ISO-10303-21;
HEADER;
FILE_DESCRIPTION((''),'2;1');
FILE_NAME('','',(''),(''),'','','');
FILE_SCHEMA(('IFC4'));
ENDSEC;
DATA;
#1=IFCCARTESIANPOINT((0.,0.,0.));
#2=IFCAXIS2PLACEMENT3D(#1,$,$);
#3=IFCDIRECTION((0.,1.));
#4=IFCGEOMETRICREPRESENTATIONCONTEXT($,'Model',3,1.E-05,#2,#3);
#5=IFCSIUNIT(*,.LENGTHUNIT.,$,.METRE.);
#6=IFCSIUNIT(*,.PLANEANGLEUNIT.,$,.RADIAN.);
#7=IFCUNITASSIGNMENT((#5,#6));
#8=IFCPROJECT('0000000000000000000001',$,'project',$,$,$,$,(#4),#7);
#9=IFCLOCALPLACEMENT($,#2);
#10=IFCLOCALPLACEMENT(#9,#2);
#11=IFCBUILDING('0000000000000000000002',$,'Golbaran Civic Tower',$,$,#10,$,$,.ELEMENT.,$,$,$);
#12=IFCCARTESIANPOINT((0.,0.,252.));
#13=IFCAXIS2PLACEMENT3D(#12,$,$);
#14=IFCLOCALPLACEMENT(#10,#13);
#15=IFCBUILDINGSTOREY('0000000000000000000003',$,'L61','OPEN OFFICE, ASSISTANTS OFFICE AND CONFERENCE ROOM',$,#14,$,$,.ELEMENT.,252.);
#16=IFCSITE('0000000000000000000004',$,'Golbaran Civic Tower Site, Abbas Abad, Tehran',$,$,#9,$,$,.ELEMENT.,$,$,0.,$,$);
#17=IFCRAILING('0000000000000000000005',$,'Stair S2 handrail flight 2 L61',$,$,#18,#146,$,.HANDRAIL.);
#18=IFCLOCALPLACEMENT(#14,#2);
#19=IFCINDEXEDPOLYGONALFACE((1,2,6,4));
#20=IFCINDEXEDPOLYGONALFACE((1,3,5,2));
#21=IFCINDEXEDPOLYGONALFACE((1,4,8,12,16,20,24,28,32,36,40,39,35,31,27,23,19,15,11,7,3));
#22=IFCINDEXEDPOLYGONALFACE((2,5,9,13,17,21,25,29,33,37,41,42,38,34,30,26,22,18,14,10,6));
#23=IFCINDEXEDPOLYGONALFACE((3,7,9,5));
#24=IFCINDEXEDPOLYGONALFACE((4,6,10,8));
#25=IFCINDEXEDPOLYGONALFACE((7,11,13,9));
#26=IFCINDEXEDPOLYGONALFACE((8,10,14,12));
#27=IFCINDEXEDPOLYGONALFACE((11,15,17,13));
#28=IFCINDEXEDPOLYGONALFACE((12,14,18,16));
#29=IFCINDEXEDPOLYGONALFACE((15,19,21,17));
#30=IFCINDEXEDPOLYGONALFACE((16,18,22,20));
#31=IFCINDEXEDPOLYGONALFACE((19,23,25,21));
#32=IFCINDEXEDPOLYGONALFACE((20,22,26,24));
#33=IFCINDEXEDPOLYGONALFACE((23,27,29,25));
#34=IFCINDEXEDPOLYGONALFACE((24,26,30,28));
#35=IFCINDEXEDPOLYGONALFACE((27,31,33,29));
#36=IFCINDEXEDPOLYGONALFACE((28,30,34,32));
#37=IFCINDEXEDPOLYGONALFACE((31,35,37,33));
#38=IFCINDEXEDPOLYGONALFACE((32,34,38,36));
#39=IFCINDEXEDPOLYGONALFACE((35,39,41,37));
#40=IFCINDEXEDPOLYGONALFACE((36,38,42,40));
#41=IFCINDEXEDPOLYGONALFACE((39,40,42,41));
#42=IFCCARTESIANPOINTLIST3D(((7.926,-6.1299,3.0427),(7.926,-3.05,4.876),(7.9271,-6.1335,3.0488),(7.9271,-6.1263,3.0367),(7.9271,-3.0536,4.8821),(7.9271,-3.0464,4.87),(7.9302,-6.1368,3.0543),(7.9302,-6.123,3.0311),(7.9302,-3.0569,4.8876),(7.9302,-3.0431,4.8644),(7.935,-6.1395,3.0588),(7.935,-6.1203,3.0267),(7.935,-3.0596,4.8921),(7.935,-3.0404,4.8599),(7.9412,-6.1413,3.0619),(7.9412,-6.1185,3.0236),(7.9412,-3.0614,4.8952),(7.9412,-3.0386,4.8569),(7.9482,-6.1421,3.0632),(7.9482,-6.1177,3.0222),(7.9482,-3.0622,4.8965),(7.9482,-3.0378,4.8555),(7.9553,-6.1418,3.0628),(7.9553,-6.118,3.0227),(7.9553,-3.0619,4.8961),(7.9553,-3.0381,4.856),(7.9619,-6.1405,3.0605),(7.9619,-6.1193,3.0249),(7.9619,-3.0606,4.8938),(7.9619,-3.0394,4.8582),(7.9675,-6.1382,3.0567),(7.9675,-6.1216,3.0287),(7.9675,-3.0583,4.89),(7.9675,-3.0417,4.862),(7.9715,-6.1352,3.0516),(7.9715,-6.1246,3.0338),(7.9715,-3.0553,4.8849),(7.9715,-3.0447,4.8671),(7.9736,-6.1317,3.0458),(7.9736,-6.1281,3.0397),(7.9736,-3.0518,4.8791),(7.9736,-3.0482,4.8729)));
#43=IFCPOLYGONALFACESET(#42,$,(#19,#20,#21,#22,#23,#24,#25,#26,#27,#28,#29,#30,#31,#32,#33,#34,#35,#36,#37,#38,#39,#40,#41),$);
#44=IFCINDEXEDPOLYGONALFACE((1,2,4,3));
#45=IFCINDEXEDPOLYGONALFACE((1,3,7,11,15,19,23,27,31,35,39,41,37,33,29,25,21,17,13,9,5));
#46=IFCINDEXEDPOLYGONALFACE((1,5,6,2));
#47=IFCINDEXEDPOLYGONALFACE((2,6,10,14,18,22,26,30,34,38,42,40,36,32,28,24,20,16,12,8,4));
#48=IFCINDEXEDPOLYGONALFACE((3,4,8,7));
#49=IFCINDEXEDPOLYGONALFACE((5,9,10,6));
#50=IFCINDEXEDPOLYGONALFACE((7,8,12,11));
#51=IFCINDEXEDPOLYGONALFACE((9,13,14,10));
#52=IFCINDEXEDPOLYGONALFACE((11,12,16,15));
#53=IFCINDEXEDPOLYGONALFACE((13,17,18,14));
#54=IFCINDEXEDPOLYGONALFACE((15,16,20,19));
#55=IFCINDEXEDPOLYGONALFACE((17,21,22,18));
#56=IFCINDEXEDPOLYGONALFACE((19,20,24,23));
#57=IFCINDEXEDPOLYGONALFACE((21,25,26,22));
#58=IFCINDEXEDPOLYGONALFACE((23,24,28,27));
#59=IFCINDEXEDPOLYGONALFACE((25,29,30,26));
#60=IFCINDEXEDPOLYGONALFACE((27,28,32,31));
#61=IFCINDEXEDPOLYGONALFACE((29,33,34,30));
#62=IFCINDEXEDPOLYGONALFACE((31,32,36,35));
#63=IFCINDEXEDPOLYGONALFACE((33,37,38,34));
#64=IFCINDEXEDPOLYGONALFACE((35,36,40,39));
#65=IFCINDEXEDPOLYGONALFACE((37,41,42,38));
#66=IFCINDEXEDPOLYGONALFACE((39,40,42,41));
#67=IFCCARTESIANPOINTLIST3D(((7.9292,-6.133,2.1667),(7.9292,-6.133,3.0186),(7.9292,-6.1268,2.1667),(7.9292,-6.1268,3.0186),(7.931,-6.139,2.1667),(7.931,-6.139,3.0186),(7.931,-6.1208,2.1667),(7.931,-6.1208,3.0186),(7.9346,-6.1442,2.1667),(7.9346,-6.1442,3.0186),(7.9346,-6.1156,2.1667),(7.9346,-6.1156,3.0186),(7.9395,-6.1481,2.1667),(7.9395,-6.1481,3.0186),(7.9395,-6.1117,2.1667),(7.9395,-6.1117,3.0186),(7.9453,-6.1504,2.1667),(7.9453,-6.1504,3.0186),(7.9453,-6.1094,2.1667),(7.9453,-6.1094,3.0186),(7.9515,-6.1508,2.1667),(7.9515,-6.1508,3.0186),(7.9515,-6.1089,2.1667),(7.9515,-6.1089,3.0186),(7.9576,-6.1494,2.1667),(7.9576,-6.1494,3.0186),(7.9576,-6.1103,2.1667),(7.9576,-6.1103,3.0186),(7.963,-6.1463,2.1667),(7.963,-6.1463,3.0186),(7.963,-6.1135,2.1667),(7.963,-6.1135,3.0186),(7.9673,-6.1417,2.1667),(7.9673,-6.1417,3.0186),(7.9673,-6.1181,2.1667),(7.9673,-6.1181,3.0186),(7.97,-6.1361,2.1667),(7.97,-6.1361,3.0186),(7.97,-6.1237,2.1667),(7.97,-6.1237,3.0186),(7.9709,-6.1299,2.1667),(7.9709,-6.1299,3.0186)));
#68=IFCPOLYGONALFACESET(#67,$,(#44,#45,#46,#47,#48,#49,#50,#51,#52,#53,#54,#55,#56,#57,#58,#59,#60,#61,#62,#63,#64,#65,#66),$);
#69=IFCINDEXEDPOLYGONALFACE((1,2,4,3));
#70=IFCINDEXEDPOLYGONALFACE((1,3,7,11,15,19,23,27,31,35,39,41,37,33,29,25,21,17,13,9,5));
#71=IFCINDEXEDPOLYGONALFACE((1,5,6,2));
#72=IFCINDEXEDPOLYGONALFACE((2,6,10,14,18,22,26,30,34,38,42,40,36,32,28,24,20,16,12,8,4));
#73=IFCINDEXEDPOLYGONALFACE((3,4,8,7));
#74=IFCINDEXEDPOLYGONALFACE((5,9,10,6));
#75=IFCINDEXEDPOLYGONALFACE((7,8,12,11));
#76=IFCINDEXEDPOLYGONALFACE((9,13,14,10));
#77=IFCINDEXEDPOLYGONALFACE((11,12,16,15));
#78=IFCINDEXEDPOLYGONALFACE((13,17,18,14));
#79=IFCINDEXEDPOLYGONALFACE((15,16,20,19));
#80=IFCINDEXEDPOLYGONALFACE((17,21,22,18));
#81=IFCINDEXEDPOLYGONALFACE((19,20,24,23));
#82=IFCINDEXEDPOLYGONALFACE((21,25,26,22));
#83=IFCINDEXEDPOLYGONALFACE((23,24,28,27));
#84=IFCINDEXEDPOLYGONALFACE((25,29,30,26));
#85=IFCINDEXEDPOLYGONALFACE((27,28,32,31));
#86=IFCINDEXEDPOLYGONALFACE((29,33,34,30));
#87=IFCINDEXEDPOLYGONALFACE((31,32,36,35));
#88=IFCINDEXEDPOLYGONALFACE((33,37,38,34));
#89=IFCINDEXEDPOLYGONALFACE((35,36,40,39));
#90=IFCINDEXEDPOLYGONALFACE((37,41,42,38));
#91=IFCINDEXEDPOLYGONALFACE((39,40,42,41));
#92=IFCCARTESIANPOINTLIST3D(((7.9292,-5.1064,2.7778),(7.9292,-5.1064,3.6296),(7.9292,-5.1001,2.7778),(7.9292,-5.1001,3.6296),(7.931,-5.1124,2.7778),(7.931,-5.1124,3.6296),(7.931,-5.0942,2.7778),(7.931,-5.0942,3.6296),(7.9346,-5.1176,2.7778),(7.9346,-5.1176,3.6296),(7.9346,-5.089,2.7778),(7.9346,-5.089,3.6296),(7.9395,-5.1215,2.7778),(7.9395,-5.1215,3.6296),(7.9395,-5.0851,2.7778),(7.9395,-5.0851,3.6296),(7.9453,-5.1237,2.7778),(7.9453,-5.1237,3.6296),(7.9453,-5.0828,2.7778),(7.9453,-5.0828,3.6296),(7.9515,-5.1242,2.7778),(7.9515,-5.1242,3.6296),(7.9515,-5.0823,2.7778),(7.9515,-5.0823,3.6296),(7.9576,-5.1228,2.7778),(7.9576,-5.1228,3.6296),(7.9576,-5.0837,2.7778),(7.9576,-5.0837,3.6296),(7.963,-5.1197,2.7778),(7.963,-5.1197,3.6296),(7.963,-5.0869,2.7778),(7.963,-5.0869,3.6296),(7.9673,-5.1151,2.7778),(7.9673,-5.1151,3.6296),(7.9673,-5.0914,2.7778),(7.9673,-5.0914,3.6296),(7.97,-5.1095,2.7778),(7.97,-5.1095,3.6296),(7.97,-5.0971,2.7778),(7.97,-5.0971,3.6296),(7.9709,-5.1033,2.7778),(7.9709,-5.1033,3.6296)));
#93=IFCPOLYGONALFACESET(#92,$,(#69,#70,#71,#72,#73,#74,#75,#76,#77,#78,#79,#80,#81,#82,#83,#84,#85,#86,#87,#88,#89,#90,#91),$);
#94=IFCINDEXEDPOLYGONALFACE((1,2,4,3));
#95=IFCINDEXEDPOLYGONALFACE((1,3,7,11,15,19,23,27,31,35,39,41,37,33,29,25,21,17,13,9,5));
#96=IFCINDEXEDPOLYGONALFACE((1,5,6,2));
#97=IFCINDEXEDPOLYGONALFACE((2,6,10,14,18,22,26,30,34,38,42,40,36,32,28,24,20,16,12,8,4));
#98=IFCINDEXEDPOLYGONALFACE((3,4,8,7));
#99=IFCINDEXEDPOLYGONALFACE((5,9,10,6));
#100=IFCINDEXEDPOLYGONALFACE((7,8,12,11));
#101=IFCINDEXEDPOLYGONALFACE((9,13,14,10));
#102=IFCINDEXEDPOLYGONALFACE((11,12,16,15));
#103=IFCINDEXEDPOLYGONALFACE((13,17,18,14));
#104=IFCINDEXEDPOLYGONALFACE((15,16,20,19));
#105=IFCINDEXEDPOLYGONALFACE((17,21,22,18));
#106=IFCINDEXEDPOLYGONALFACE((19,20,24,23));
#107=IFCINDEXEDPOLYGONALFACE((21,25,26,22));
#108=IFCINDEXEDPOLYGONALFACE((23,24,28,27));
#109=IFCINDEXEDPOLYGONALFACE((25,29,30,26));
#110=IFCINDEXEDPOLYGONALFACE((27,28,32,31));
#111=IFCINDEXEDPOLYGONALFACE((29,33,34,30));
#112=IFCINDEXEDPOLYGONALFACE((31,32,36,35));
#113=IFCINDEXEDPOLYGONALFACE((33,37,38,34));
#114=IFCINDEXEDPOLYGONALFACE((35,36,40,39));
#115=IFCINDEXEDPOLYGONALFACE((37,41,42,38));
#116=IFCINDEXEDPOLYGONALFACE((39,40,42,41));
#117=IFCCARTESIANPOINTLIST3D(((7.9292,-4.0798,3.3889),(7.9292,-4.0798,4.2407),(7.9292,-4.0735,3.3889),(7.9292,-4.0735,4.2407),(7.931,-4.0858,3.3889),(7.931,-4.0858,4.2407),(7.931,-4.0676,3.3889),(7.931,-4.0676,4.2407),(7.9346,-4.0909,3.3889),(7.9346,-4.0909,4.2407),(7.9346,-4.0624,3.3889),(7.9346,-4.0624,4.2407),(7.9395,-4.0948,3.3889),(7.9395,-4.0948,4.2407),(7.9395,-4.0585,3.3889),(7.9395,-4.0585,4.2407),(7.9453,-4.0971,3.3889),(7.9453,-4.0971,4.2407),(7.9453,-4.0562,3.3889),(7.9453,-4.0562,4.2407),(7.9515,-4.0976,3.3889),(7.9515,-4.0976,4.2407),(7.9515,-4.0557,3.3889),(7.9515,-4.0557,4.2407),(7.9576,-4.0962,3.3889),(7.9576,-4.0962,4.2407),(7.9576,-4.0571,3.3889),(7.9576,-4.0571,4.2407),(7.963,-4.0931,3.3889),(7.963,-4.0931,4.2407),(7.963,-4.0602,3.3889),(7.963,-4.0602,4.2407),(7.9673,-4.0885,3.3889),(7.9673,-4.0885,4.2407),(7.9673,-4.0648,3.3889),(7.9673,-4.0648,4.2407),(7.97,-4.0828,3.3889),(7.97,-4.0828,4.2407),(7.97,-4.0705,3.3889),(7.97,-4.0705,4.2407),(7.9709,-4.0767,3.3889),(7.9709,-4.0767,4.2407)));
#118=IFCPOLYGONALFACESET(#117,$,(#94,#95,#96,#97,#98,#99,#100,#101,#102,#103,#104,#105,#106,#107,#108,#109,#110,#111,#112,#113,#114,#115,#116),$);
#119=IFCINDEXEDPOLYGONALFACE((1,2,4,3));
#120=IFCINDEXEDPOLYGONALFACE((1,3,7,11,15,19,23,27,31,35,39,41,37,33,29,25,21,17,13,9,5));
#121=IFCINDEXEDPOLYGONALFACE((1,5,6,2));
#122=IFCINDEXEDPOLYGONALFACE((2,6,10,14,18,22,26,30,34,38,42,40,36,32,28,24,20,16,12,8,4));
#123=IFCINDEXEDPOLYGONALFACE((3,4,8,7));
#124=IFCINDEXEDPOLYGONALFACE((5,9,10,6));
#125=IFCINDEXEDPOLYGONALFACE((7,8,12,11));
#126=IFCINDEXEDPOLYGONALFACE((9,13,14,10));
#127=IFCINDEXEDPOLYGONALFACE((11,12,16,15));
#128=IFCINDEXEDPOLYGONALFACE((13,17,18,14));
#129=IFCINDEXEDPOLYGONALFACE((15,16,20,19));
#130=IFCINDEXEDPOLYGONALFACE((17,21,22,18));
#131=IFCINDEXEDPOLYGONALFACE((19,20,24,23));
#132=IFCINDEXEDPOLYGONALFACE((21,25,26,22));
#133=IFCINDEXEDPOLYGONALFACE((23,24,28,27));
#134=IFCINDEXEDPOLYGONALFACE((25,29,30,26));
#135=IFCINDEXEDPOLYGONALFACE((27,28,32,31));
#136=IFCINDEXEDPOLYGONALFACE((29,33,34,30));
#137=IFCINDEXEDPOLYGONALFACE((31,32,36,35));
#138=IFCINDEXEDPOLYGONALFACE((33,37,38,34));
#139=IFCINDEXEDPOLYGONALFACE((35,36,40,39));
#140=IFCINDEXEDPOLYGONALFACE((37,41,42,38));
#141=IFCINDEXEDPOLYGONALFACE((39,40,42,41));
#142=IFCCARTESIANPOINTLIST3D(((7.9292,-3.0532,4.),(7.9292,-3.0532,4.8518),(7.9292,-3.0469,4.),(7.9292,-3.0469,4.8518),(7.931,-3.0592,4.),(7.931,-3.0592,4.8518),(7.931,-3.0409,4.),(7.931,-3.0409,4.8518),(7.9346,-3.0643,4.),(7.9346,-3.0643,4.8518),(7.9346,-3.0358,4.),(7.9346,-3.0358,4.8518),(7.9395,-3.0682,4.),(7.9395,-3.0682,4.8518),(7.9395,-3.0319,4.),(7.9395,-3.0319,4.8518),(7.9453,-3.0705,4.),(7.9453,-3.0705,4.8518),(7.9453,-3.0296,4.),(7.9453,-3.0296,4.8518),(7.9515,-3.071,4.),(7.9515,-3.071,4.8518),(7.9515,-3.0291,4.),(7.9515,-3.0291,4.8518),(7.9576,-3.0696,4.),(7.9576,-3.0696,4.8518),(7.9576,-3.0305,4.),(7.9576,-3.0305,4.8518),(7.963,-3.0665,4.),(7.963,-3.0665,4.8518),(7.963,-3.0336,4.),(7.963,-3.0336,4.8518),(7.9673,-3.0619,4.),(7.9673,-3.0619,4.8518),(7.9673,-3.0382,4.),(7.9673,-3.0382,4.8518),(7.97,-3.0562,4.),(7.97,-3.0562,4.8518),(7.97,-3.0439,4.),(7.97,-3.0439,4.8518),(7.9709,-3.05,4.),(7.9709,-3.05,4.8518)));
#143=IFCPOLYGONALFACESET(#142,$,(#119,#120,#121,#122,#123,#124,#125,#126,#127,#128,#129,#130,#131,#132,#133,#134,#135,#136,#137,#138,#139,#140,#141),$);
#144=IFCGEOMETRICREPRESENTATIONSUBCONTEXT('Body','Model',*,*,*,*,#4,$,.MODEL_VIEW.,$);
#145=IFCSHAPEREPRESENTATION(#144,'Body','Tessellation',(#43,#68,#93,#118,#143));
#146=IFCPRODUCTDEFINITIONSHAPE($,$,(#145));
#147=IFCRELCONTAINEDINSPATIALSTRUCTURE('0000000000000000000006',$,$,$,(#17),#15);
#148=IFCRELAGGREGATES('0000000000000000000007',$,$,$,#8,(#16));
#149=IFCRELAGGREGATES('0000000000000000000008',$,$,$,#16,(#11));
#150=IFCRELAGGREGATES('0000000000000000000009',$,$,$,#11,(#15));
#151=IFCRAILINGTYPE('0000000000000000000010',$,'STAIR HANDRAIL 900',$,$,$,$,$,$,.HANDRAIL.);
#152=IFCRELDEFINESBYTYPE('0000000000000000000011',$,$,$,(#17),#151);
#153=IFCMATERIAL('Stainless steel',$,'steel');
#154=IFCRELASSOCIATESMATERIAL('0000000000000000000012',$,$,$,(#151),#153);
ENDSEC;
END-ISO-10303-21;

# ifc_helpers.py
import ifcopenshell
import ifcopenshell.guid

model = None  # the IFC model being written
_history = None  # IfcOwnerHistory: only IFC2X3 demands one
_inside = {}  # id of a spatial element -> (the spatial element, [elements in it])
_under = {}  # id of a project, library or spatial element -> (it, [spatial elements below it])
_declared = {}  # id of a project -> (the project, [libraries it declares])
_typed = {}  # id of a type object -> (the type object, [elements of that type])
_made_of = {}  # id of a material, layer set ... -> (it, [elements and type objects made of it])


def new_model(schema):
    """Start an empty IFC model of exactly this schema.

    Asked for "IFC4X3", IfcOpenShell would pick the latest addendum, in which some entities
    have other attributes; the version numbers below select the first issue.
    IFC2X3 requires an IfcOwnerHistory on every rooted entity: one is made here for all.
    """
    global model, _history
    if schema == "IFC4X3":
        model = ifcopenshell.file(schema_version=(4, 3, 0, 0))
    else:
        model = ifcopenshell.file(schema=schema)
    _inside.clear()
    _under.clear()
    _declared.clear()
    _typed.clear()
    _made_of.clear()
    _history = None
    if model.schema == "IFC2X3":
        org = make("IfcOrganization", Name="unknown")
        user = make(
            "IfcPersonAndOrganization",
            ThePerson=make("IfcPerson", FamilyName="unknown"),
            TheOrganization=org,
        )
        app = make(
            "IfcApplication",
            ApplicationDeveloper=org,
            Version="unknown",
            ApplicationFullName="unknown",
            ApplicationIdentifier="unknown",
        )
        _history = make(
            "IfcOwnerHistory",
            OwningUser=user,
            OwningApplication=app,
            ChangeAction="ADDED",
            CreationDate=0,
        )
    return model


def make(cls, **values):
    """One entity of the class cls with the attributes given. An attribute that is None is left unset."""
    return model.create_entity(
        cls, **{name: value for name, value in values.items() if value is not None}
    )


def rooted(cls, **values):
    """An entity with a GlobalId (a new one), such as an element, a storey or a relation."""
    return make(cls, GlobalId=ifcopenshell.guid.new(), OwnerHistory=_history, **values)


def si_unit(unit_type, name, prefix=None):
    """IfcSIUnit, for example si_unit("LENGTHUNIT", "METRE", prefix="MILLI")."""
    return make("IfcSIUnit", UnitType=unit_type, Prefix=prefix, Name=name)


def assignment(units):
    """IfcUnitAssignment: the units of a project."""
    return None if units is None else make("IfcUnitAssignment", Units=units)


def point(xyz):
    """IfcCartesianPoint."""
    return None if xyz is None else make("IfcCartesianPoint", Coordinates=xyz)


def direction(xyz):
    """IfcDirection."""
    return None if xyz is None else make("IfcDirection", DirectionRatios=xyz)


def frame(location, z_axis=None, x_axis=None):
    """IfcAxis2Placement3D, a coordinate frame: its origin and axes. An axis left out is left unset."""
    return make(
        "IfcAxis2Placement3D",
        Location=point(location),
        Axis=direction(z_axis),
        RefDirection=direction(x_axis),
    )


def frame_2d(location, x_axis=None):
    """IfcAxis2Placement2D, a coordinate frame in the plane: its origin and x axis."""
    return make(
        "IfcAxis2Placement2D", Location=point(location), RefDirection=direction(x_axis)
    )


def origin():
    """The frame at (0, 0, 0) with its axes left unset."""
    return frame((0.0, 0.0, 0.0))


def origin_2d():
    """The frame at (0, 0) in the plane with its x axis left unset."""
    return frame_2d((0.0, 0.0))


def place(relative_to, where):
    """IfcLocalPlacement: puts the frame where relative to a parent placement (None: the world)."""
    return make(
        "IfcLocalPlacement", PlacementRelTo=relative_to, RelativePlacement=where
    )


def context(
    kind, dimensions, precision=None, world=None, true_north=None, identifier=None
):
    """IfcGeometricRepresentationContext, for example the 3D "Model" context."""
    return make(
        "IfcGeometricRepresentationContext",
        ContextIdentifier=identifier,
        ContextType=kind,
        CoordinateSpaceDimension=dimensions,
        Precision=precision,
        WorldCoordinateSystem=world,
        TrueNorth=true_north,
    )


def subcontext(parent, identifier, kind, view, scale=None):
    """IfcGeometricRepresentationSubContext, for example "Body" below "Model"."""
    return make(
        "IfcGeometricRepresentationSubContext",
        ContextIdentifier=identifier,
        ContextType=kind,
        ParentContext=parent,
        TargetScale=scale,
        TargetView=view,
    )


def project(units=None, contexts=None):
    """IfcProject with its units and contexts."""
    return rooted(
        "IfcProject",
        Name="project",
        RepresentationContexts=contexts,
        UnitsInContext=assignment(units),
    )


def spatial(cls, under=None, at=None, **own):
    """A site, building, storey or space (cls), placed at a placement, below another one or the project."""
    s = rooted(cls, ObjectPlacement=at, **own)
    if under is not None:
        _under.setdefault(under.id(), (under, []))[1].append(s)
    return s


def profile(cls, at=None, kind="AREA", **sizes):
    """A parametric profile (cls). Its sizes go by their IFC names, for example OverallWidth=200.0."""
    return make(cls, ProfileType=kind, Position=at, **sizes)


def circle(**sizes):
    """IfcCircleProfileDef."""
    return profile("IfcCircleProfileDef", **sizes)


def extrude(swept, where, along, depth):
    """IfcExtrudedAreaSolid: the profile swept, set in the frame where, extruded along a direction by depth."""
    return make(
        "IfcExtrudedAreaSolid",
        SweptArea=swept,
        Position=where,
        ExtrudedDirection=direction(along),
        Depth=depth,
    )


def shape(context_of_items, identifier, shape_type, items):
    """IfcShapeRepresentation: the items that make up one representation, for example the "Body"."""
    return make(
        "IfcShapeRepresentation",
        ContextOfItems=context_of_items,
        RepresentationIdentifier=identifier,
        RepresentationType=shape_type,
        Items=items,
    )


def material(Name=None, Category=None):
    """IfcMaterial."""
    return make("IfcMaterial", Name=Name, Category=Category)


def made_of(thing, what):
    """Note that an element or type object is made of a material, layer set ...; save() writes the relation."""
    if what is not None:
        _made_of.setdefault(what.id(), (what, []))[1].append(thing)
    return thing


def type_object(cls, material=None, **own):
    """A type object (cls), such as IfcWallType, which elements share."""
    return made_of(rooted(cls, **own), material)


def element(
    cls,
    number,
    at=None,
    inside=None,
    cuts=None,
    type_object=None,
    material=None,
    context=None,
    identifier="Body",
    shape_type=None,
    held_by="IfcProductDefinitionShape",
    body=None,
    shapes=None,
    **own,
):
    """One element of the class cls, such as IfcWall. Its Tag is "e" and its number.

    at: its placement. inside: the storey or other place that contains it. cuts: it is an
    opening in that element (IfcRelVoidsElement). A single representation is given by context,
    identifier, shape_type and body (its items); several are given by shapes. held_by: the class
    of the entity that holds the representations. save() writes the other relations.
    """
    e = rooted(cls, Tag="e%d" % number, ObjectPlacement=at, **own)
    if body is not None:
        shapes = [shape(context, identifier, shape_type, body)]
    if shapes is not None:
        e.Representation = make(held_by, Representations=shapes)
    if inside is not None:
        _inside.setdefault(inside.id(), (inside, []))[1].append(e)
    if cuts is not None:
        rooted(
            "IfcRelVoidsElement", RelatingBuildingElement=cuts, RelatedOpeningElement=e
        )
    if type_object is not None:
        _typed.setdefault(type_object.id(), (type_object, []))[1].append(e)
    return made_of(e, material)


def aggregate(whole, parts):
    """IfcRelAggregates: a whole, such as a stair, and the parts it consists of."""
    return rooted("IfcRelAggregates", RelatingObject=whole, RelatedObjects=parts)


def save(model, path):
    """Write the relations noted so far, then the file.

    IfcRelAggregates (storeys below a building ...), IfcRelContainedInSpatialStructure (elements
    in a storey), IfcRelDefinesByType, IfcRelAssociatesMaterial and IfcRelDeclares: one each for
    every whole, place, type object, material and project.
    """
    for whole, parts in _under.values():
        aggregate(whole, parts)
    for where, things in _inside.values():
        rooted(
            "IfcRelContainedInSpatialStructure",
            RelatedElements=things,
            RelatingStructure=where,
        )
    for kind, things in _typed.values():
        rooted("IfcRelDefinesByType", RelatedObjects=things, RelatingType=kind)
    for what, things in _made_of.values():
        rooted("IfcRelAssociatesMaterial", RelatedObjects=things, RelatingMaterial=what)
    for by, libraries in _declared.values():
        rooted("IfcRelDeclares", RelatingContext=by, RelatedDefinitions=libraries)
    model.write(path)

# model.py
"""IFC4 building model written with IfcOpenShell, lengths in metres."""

from ifc_helpers import new_model, si_unit, direction, frame, origin, origin_2d, place, context, subcontext, project, spatial, circle, extrude, material, type_object, element, save


model = new_model("IFC4")

# Units and contexts
model_context = context("Model", 3, precision=1e-05, world=origin(), true_north=direction((0.0, 1.0)))
body_context = subcontext(model_context, "Body", "Model", "MODEL_VIEW")
ifc_project = project(units=[si_unit("LENGTHUNIT", "METRE"), si_unit("PLANEANGLEUNIT", "RADIAN")], contexts=[model_context])

# Site, building, storey
site_placement = place(None, origin())
site = spatial("IfcSite", under=ifc_project, at=site_placement, Name="Golbaran Civic Tower Site, Abbas Abad, Tehran", CompositionType="ELEMENT", RefElevation=0.0)
building_placement = place(site_placement, origin())
building = spatial("IfcBuilding", under=site, at=building_placement, Name="Golbaran Civic Tower", CompositionType="ELEMENT")
storey_placement = place(building_placement, frame((0.0, 0.0, 252.0)))
storey = spatial("IfcBuildingStorey", under=building, at=storey_placement, Name="L61", Description="OPEN OFFICE, ASSISTANTS OFFICE AND CONFERENCE ROOM", CompositionType="ELEMENT", Elevation=252.0)

# Shared definitions
ifc_material_1 = material(Name="Stainless steel", Category="steel")

# Railing
railing_type = type_object("IfcRailingType", Name="STAIR HANDRAIL 900", PredefinedType="HANDRAIL", material=ifc_material_1)
railing_1_placement = place(storey_placement, frame((7.95, -6.1299, 2.1667)))
element("IfcRailing", 1, at=railing_1_placement, inside=storey, type_object=railing_type, Name="Stair S2 handrail flight 2 L61", PredefinedType="HANDRAIL", context=body_context, shape_type="SweptSolid", body=[
    extrude(circle(Radius=0.0239, at=origin_2d()), frame((0.0, 0.0, 0.876), z_axis=(0.0, 0.859291, 0.511487), x_axis=(-1.0, 0.0, 0.0)), (0.0, 0.0, 1.0), 3.5842),
    extrude(circle(Radius=0.021, at=origin_2d()), origin(), (0.0, 0.0, 1.0), 0.8518),
    extrude(circle(Radius=0.021, at=origin_2d()), frame((0.0, 1.0266, 0.6111)), (0.0, 0.0, 1.0), 0.8518),
    extrude(circle(Radius=0.021, at=origin_2d()), frame((0.0, 2.0532, 1.2222)), (0.0, 0.0, 1.0), 0.8518),
    extrude(circle(Radius=0.021, at=origin_2d()), frame((0.0, 3.0798, 1.8333)), (0.0, 0.0, 1.0), 0.8518),
])

save(model, "model.ifc")
